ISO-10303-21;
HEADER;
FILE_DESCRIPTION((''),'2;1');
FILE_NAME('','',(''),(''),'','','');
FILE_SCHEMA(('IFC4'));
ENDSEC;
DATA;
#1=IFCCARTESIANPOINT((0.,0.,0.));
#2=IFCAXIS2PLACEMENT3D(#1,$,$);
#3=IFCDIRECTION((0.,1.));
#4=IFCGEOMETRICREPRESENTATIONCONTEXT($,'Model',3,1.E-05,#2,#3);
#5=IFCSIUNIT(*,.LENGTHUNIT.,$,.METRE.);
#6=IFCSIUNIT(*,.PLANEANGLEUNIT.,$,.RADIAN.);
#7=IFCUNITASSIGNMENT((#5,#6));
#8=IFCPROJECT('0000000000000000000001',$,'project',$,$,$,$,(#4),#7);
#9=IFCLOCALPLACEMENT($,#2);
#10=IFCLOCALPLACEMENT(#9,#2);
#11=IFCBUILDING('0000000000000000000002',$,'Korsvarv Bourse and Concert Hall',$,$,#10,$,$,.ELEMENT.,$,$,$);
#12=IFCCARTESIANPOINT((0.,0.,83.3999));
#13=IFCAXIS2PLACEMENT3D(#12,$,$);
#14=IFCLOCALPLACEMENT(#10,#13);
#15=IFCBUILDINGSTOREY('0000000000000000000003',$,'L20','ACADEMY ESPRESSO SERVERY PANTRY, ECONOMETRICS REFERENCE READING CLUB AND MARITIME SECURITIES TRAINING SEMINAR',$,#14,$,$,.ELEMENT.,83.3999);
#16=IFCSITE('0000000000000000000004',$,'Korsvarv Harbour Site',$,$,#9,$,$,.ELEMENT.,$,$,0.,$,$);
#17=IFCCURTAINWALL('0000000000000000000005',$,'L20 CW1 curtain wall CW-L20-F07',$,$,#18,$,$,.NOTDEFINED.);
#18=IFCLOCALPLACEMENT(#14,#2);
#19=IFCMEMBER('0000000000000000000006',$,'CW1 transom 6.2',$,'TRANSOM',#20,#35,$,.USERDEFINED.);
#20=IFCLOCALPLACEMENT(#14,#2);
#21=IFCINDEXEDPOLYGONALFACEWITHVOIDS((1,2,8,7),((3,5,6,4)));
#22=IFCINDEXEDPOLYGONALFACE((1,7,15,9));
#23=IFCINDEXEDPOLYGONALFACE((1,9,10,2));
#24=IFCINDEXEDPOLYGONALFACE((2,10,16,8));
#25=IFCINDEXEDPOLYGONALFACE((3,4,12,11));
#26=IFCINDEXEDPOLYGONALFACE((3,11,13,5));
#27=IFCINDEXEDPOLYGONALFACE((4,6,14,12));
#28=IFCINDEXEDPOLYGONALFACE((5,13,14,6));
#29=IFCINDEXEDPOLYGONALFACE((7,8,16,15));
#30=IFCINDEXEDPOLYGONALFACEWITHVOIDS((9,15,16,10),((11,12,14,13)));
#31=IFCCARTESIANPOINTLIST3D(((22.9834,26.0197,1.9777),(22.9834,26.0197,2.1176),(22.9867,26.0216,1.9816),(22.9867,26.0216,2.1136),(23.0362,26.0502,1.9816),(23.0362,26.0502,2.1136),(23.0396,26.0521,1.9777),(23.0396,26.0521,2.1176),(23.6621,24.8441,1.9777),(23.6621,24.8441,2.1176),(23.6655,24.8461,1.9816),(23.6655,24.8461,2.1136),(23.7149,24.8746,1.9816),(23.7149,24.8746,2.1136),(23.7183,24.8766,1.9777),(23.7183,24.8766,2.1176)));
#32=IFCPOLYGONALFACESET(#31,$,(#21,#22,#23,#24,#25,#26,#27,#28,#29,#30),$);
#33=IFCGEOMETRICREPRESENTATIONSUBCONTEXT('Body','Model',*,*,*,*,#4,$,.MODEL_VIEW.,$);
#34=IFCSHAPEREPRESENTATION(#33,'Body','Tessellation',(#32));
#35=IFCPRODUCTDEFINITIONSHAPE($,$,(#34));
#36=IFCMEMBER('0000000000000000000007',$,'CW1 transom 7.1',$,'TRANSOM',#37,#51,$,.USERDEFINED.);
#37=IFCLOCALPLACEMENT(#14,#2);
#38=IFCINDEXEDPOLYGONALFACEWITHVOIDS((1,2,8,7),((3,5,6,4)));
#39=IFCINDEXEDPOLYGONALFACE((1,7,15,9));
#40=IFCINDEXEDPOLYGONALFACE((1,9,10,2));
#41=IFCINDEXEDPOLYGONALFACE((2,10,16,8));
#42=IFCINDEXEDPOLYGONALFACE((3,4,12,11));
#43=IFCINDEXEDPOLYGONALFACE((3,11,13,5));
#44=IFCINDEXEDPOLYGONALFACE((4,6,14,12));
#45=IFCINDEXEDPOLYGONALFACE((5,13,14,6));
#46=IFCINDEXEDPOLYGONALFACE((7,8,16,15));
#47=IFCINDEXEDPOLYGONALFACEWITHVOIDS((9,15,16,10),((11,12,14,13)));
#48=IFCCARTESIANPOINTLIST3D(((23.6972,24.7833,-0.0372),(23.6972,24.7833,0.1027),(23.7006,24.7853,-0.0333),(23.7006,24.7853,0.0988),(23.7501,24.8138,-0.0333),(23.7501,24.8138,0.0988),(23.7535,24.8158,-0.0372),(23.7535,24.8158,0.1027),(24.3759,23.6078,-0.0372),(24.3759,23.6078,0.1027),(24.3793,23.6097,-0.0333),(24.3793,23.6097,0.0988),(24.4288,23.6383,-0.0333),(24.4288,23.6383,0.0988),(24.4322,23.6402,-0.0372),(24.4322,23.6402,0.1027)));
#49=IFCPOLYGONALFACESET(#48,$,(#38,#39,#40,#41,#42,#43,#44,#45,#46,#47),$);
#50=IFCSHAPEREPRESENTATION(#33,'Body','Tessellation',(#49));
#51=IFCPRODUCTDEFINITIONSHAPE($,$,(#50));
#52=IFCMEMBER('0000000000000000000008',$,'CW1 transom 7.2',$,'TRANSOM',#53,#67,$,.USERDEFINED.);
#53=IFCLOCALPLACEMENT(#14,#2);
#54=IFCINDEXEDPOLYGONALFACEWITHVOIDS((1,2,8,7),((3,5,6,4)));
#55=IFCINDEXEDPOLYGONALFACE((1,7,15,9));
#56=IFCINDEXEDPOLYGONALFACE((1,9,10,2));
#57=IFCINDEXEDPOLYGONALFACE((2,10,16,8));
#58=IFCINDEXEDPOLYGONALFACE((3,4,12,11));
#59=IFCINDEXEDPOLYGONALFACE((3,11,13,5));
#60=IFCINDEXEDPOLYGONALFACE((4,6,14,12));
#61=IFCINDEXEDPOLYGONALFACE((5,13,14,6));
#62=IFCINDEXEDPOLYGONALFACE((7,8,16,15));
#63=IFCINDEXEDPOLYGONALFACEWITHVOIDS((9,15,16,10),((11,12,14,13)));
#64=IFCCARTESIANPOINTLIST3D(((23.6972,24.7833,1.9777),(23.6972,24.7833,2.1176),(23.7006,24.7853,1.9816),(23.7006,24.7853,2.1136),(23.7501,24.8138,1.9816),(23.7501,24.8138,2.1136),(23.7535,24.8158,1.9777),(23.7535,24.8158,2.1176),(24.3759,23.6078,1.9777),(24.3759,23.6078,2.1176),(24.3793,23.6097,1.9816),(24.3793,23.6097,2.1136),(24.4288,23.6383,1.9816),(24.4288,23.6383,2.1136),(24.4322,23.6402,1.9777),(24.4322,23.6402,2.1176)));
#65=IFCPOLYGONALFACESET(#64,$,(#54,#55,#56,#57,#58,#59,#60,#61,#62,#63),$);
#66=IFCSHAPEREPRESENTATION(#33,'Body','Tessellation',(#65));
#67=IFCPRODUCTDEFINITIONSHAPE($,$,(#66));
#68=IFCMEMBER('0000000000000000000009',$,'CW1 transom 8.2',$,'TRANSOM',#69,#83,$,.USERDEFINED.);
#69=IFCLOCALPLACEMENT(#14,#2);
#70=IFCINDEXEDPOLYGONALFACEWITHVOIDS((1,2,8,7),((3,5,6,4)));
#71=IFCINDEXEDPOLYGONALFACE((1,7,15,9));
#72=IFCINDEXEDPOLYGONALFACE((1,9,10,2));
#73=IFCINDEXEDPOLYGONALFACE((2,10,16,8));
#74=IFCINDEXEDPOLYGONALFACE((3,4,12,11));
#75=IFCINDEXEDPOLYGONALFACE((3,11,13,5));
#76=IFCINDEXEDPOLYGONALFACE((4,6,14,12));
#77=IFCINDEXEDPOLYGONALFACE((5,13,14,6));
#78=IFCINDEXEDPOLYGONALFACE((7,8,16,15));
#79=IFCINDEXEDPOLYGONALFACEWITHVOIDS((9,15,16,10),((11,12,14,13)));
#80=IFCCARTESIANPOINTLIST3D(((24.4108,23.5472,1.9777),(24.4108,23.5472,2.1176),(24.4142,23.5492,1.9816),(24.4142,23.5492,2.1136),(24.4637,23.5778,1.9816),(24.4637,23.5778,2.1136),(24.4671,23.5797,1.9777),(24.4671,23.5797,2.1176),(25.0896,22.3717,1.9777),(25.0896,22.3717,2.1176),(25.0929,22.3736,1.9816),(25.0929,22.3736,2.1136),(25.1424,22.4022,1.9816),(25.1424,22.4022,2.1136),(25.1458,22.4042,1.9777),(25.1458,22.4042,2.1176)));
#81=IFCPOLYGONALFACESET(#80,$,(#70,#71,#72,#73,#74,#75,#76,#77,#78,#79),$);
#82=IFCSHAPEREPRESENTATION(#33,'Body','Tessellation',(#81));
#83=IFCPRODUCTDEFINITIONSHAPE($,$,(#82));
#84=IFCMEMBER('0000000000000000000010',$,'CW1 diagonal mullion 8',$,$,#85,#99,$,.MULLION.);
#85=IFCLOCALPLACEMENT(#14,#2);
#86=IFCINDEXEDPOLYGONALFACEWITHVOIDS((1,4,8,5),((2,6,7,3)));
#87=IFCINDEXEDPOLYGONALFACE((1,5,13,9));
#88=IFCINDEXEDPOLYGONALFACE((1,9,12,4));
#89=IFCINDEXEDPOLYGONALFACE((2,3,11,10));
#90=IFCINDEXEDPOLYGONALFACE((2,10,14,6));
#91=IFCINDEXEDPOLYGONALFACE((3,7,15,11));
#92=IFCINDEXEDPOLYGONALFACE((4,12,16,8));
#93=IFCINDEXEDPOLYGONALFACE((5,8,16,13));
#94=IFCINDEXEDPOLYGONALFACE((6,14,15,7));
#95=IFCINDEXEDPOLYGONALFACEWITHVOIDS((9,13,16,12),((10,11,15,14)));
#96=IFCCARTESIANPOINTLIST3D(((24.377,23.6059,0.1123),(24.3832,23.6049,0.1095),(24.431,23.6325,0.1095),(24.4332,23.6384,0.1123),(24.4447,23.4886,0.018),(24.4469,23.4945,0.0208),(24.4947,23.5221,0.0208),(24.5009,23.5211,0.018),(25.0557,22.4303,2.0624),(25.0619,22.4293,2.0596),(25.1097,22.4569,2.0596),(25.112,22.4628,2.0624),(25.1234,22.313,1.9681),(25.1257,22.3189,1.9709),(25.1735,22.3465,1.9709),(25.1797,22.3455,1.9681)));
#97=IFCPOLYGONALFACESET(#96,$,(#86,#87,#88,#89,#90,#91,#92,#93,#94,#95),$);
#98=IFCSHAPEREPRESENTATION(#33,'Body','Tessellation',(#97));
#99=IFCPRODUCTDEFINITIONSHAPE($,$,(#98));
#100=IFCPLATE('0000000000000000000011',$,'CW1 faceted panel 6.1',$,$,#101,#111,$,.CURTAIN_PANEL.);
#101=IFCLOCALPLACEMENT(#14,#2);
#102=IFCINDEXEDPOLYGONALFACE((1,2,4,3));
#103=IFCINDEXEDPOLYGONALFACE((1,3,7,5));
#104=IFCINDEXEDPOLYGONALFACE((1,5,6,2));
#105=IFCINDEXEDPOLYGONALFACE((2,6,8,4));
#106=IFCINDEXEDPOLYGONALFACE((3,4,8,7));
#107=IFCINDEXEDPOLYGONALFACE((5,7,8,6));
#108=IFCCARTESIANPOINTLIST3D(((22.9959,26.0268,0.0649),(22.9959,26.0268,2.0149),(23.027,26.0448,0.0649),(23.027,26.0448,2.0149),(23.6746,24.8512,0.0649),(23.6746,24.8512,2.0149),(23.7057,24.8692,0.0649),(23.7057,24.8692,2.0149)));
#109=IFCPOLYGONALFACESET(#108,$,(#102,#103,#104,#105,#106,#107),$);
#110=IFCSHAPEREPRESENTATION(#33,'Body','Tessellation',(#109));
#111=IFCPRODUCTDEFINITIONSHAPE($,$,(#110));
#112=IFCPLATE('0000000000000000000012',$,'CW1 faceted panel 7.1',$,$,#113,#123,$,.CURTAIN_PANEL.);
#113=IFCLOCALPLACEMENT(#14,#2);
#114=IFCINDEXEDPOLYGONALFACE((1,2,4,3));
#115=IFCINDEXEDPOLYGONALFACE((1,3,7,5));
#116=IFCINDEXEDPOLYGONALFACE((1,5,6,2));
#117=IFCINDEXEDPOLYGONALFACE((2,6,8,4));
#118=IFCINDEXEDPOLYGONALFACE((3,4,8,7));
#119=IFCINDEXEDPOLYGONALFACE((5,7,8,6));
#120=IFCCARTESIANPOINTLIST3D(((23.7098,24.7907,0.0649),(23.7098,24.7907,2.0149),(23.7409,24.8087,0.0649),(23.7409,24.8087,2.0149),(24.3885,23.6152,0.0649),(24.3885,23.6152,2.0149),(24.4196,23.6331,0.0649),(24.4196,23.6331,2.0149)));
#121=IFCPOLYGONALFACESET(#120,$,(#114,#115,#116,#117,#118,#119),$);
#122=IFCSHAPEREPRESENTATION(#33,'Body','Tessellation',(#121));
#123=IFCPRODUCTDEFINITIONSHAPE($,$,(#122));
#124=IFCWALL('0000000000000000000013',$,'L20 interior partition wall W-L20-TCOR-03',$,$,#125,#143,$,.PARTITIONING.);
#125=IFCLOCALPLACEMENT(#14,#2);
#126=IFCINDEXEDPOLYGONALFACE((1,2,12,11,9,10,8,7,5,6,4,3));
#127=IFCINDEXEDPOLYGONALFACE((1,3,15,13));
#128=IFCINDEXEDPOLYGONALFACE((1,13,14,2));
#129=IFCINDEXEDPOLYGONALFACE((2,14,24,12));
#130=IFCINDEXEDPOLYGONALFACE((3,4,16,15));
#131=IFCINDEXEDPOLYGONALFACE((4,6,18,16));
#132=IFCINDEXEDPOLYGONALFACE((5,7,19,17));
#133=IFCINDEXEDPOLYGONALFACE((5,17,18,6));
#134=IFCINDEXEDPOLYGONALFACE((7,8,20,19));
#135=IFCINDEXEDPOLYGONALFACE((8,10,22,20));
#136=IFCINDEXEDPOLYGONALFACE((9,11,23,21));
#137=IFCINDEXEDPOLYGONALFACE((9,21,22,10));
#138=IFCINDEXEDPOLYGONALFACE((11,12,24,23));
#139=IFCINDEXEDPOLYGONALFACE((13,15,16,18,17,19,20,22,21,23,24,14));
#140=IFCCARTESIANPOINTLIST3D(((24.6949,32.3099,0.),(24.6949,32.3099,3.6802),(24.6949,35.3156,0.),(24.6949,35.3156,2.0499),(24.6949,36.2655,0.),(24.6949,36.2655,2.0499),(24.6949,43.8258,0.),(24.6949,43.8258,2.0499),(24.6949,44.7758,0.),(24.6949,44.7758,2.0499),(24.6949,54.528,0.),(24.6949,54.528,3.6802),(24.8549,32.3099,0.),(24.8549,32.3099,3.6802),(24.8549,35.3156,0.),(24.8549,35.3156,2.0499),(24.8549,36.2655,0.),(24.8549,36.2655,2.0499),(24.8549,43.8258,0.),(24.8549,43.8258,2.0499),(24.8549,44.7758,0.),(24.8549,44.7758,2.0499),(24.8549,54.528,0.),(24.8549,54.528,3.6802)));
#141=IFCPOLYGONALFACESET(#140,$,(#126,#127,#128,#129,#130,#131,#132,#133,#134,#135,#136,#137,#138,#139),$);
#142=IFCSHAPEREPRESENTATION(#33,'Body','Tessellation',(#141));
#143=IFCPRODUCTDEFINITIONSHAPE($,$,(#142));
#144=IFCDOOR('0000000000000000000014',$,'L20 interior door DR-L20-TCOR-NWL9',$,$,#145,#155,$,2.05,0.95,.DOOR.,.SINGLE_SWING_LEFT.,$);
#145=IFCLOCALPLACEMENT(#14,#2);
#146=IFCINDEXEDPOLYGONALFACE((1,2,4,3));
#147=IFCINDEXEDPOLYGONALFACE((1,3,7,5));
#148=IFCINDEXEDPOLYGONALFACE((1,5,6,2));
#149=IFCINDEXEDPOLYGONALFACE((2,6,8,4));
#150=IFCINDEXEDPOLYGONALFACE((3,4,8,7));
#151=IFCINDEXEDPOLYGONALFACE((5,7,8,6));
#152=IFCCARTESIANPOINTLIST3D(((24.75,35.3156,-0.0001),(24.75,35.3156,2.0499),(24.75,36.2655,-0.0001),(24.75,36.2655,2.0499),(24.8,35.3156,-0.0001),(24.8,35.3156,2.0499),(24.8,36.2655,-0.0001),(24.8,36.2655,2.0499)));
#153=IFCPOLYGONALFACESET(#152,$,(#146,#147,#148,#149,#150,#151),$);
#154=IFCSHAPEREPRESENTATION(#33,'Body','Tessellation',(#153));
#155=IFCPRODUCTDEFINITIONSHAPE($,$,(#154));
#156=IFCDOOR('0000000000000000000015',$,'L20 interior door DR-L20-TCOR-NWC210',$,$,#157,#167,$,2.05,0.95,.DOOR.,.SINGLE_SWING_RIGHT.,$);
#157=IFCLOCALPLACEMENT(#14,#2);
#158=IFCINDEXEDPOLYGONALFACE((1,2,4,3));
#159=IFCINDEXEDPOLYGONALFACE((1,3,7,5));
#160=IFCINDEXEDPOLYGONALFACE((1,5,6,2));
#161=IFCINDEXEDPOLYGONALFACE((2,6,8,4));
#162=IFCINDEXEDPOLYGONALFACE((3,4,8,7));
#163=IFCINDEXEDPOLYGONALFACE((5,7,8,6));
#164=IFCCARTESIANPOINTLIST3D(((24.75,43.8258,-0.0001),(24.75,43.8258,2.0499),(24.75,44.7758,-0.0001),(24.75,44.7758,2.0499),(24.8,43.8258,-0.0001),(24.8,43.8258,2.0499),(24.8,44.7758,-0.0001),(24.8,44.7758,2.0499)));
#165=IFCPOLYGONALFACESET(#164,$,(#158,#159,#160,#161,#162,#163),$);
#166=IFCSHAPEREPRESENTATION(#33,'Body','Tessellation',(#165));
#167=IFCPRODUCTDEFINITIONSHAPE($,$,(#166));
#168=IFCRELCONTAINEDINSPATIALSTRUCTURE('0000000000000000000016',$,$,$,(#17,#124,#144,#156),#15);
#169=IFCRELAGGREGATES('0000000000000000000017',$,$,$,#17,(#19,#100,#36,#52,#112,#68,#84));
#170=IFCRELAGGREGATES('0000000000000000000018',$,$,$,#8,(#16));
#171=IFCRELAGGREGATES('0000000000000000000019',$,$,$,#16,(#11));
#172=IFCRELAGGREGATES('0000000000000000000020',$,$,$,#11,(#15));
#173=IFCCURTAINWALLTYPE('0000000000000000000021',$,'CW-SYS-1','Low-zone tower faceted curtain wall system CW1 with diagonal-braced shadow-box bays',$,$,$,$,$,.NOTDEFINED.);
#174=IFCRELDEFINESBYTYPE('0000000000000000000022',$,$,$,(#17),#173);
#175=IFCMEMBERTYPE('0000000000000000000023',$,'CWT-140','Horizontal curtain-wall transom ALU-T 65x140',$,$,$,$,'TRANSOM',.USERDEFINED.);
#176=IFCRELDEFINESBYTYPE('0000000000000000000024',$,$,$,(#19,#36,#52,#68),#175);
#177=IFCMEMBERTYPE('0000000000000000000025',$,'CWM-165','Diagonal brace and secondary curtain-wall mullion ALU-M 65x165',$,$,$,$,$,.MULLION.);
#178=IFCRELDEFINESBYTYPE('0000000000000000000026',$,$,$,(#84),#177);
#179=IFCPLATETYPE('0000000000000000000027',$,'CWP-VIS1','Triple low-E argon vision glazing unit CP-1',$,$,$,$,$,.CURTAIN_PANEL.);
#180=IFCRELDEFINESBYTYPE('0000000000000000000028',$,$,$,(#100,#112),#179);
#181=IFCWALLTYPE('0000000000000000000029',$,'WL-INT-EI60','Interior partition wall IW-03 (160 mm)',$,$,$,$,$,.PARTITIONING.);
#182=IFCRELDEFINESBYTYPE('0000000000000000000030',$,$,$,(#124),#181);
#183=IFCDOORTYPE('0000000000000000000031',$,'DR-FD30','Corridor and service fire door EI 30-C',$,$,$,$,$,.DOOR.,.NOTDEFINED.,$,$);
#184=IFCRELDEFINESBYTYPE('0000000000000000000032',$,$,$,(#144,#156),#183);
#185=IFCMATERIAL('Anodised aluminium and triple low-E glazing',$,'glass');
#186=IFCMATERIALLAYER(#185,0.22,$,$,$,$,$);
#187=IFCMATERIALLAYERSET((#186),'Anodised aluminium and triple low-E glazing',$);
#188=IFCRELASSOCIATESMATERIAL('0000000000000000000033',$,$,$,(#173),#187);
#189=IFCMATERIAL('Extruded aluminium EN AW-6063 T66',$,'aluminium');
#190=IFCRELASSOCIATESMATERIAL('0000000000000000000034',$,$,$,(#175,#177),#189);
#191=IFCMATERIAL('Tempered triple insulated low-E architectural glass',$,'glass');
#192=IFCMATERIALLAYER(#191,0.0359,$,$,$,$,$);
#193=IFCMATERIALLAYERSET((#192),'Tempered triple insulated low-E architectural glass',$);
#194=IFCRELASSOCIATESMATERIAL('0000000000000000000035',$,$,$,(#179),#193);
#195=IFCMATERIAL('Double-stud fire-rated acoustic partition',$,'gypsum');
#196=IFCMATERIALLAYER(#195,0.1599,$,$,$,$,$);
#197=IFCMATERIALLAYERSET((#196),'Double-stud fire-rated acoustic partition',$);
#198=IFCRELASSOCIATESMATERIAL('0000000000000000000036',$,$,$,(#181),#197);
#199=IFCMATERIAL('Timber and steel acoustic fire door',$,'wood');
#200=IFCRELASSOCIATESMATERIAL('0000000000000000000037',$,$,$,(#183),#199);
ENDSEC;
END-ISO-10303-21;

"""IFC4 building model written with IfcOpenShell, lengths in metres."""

from ifc_helpers import new_model, si_unit, direction, frame, frame_2d, origin, origin_2d, place, context, subcontext, project, spatial, rectangle, hollow_rectangle, extrude, source, transform, mapped, material, layer, layer_set, material_profile, profile_set, type_object, element, fill, aggregate, save


model = new_model("IFC4")

# Units and contexts
model_context = context("Model", 3, precision=1e-05, world=origin(), true_north=direction((0.0, 1.0)))
body_context = subcontext(model_context, "Body", "Model", "MODEL_VIEW")
ifc_project = project(units=[si_unit("LENGTHUNIT", "METRE"), si_unit("PLANEANGLEUNIT", "RADIAN")], contexts=[model_context])

# Site, building, storey
site_placement = place(None, origin())
site = spatial("IfcSite", under=ifc_project, at=site_placement, Name="Korsvarv Harbour Site", CompositionType="ELEMENT", RefElevation=0.0)
building_placement = place(site_placement, origin())
building = spatial("IfcBuilding", under=site, at=building_placement, Name="Korsvarv Bourse and Concert Hall", CompositionType="ELEMENT")
storey_placement = place(building_placement, frame((0.0, 0.0, 83.3999)))
storey = spatial("IfcBuildingStorey", under=building, at=storey_placement, Name="L20", Description="ACADEMY ESPRESSO SERVERY PANTRY, ECONOMETRICS REFERENCE READING CLUB AND MARITIME SECURITIES TRAINING SEMINAR", CompositionType="ELEMENT", Elevation=83.3999)

# Curtain wall, members, plates
ifc_material_1 = material(Name="Anodised aluminium and triple low-E glazing", Category="glass")
ifc_layer_1 = layer(ifc_material_1, 0.22)
ifc_layer_set_1 = layer_set([ifc_layer_1], Name="Anodised aluminium and triple low-E glazing")
curtain_wall_type = type_object("IfcCurtainWallType", Name="CW-SYS-1", Description="Low-zone tower faceted curtain wall system CW1 with diagonal-braced shadow-box bays", PredefinedType="NOTDEFINED", material=ifc_layer_set_1)
curtain_wall_placement = place(storey_placement, origin())
curtain_wall = element("IfcCurtainWall", 1, at=curtain_wall_placement, inside=storey, type_object=curtain_wall_type, Name="L20 CW1 curtain wall CW-L20-F07", PredefinedType="NOTDEFINED")
ifc_material_2 = material(Name="Extruded aluminium EN AW-6063 T66", Category="aluminium")
ifc_material_profile_1 = material_profile(ifc_material_2, hollow_rectangle(XDim=0.0649, YDim=0.1399, WallThickness=0.0039, at=origin_2d()), Name="ALU-T 65x140")
ifc_profile_set_1 = profile_set([ifc_material_profile_1], Name="Extruded aluminium EN AW-6063 T66")
member_type_1 = type_object("IfcMemberType", Name="CWT-140", Description="Horizontal curtain-wall transom ALU-T 65x140", ElementType="TRANSOM", PredefinedType="USERDEFINED", material=ifc_profile_set_1)
shared_shape_1 = source(origin(), body_context, "Body", "SweptSolid", [
    extrude(hollow_rectangle(XDim=0.0649, YDim=0.1399, WallThickness=0.0039, at=origin_2d()), origin(), (0.0, 0.0, 1.0), 1.3574),
])
member_1_placement = place(storey_placement, frame((23.0115, 26.0359, 2.0476), z_axis=(0.500008, -0.866021, 0.0), x_axis=(0.866021, 0.500008, 0.0)))
member_1 = element("IfcMember", 2, at=member_1_placement, type_object=member_type_1, Name="CW1 transom 6.2", ObjectType="TRANSOM", PredefinedType="USERDEFINED", context=body_context, shape_type="MappedRepresentation", body=[
    mapped(shared_shape_1, transform((0.0, 0.0, 0.0), scale=1.0)),
])
member_2_placement = place(storey_placement, frame((23.7253, 24.7996, 0.0327), z_axis=(0.500008, -0.866021, 0.0), x_axis=(0.866021, 0.500008, 0.0)))
member_2 = element("IfcMember", 3, at=member_2_placement, type_object=member_type_1, Name="CW1 transom 7.1", ObjectType="TRANSOM", PredefinedType="USERDEFINED", context=body_context, shape_type="MappedRepresentation", body=[
    mapped(shared_shape_1, transform((0.0, 0.0, 0.0), scale=1.0)),
])
member_3_placement = place(storey_placement, frame((23.7253, 24.7996, 2.0476), z_axis=(0.500008, -0.866021, 0.0), x_axis=(0.866021, 0.500008, 0.0)))
member_3 = element("IfcMember", 4, at=member_3_placement, type_object=member_type_1, Name="CW1 transom 7.2", ObjectType="TRANSOM", PredefinedType="USERDEFINED", context=body_context, shape_type="MappedRepresentation", body=[
    mapped(shared_shape_1, transform((0.0, 0.0, 0.0), scale=1.0)),
])
member_4_placement = place(storey_placement, frame((24.439, 23.5635, 2.0476), z_axis=(0.500008, -0.866021, 0.0), x_axis=(0.866021, 0.500008, 0.0)))
member_4 = element("IfcMember", 5, at=member_4_placement, type_object=member_type_1, Name="CW1 transom 8.2", ObjectType="TRANSOM", PredefinedType="USERDEFINED", context=body_context, shape_type="MappedRepresentation", body=[
    mapped(shared_shape_1, transform((0.0, 0.0, 0.0), scale=1.0)),
])
ifc_material_profile_2 = material_profile(ifc_material_2, hollow_rectangle(XDim=0.0649, YDim=0.165, WallThickness=0.0049, at=origin_2d()), Name="ALU-M 65x165")
ifc_profile_set_2 = profile_set([ifc_material_profile_2], Name="Extruded aluminium EN AW-6063 T66")
member_type_2 = type_object("IfcMemberType", Name="CWM-165", Description="Diagonal brace and secondary curtain-wall mullion ALU-M 65x165", PredefinedType="MULLION", material=ifc_profile_set_2)
shared_shape_2 = source(origin(), body_context, "Body", "SweptSolid", [
    extrude(hollow_rectangle(XDim=0.0649, YDim=0.165, WallThickness=0.0049, at=origin_2d()), origin(), (0.0, 0.0, 1.0), 2.376),
])
member_5_placement = place(storey_placement, frame((24.439, 23.5635, 0.0652), z_axis=(0.285666, -0.494778, 0.820725), x_axis=(0.866021, 0.500008, 0.0)))
member_5 = element("IfcMember", 6, at=member_5_placement, type_object=member_type_2, Name="CW1 diagonal mullion 8", PredefinedType="MULLION", context=body_context, shape_type="MappedRepresentation", body=[
    mapped(shared_shape_2, transform((0.0, 0.0, 0.0), scale=1.0)),
])
ifc_material_3 = material(Name="Tempered triple insulated low-E architectural glass", Category="glass")
ifc_layer_2 = layer(ifc_material_3, 0.0359)
ifc_layer_set_2 = layer_set([ifc_layer_2], Name="Tempered triple insulated low-E architectural glass")
plate_type = type_object("IfcPlateType", Name="CWP-VIS1", Description="Triple low-E argon vision glazing unit CP-1", PredefinedType="CURTAIN_PANEL", material=ifc_layer_set_2)
shared_shape_3 = source(origin(), body_context, "Body", "SweptSolid", [
    extrude(rectangle(XDim=1.3574, YDim=0.0359, at=origin_2d()), origin(), (0.0, 0.0, 1.0), 1.95),
])
plate_1_placement = place(storey_placement, frame((23.3508, 25.448, 0.0649), z_axis=(0.0, 0.0, 1.0), x_axis=(0.500002, -0.866024, 0.0)))
plate_1 = element("IfcPlate", 7, at=plate_1_placement, type_object=plate_type, Name="CW1 faceted panel 6.1", PredefinedType="CURTAIN_PANEL", context=body_context, shape_type="MappedRepresentation", body=[
    mapped(shared_shape_3, transform((0.0, 0.0, 0.0), scale=1.0)),
])
plate_2_placement = place(storey_placement, frame((24.0647, 24.2119, 0.0649), z_axis=(0.0, 0.0, 1.0), x_axis=(0.500002, -0.866024, 0.0)))
plate_2 = element("IfcPlate", 8, at=plate_2_placement, type_object=plate_type, Name="CW1 faceted panel 7.1", PredefinedType="CURTAIN_PANEL", context=body_context, shape_type="MappedRepresentation", body=[
    mapped(shared_shape_3, transform((0.0, 0.0, 0.0), scale=1.0)),
])
aggregate(curtain_wall, [member_1, plate_1, member_2, member_3, plate_2, member_4, member_5])

# Wall, openings, doors
ifc_material_4 = material(Name="Double-stud fire-rated acoustic partition", Category="gypsum")
ifc_layer_3 = layer(ifc_material_4, 0.1599)
ifc_layer_set_3 = layer_set([ifc_layer_3], Name="Double-stud fire-rated acoustic partition")
wall_type_1 = type_object("IfcWallType", Name="WL-INT-EI60", Description="Interior partition wall IW-03 (160 mm)", PredefinedType="PARTITIONING", material=ifc_layer_set_3)
wall_1_placement = place(storey_placement, frame((24.7749, 32.3101, 0.0), z_axis=(0.0, 0.0, 1.0), x_axis=(0.0, 1.0, 0.0)))
wall_1 = element("IfcWall", 9, at=wall_1_placement, inside=storey, type_object=wall_type_1, Name="L20 interior partition wall W-L20-TCOR-03", PredefinedType="PARTITIONING", context=body_context, shape_type="SweptSolid", body=[
    extrude(rectangle(XDim=22.218, YDim=0.1599, at=frame_2d((11.1089, 0.0))), origin(), (0.0, 0.0, 1.0), 3.6802),
])
opening_1_placement = place(wall_1_placement, frame((3.0054, 0.0, 0.0)))
opening_1 = element("IfcOpeningElement", 10, at=opening_1_placement, cuts=wall_1, PredefinedType="OPENING", context=body_context, shape_type="SweptSolid", body=[
    extrude(rectangle(XDim=0.95, YDim=2.05, at=frame_2d((0.4751, 1.0249))), frame((0.0, 0.0898, 0.0), z_axis=(0.0, -1.0, 0.0), x_axis=(1.0, 0.0, 0.0)), (0.0, 0.0, 1.0), 0.1799),
])
opening_2_placement = place(wall_1_placement, frame((11.5156, 0.0, 0.0)))
opening_2 = element("IfcOpeningElement", 11, at=opening_2_placement, cuts=wall_1, PredefinedType="OPENING", context=body_context, shape_type="SweptSolid", body=[
    extrude(rectangle(XDim=0.95, YDim=2.05, at=frame_2d((0.4751, 1.0249))), frame((0.0, 0.0898, 0.0), z_axis=(0.0, -1.0, 0.0), x_axis=(1.0, 0.0, 0.0)), (0.0, 0.0, 1.0), 0.1799),
])
ifc_material_5 = material(Name="Timber and steel acoustic fire door", Category="wood")
door_type = type_object("IfcDoorType", Name="DR-FD30", Description="Corridor and service fire door EI 30-C", OperationType="NOTDEFINED", PredefinedType="DOOR", material=ifc_material_5)
door_1_placement = place(opening_1_placement, origin())
door_1 = element("IfcDoor", 12, at=door_1_placement, inside=storey, type_object=door_type, Name="L20 interior door DR-L20-TCOR-NWL9", OperationType="SINGLE_SWING_LEFT", OverallHeight=2.05, OverallWidth=0.95, PredefinedType="DOOR", context=body_context, shape_type="SweptSolid", body=[
    extrude(rectangle(XDim=0.95, YDim=2.05, at=frame_2d((0.4751, 1.0249))), frame((0.0, 0.0249, 0.0), z_axis=(0.0, -1.0, 0.0), x_axis=(1.0, 0.0, 0.0)), (0.0, 0.0, 1.0), 0.05),
])
fill(opening_1, door_1)
door_2_placement = place(opening_2_placement, origin())
door_2 = element("IfcDoor", 13, at=door_2_placement, inside=storey, type_object=door_type, Name="L20 interior door DR-L20-TCOR-NWC210", OperationType="SINGLE_SWING_RIGHT", OverallHeight=2.05, OverallWidth=0.95, PredefinedType="DOOR", context=body_context, shape_type="SweptSolid", body=[
    extrude(rectangle(XDim=0.95, YDim=2.05, at=frame_2d((0.4751, 1.0249))), frame((0.0, 0.0249, 0.0), z_axis=(0.0, -1.0, 0.0), x_axis=(1.0, 0.0, 0.0)), (0.0, 0.0, 1.0), 0.05),
])
fill(opening_2, door_2)

save(model, "model.ifc")
